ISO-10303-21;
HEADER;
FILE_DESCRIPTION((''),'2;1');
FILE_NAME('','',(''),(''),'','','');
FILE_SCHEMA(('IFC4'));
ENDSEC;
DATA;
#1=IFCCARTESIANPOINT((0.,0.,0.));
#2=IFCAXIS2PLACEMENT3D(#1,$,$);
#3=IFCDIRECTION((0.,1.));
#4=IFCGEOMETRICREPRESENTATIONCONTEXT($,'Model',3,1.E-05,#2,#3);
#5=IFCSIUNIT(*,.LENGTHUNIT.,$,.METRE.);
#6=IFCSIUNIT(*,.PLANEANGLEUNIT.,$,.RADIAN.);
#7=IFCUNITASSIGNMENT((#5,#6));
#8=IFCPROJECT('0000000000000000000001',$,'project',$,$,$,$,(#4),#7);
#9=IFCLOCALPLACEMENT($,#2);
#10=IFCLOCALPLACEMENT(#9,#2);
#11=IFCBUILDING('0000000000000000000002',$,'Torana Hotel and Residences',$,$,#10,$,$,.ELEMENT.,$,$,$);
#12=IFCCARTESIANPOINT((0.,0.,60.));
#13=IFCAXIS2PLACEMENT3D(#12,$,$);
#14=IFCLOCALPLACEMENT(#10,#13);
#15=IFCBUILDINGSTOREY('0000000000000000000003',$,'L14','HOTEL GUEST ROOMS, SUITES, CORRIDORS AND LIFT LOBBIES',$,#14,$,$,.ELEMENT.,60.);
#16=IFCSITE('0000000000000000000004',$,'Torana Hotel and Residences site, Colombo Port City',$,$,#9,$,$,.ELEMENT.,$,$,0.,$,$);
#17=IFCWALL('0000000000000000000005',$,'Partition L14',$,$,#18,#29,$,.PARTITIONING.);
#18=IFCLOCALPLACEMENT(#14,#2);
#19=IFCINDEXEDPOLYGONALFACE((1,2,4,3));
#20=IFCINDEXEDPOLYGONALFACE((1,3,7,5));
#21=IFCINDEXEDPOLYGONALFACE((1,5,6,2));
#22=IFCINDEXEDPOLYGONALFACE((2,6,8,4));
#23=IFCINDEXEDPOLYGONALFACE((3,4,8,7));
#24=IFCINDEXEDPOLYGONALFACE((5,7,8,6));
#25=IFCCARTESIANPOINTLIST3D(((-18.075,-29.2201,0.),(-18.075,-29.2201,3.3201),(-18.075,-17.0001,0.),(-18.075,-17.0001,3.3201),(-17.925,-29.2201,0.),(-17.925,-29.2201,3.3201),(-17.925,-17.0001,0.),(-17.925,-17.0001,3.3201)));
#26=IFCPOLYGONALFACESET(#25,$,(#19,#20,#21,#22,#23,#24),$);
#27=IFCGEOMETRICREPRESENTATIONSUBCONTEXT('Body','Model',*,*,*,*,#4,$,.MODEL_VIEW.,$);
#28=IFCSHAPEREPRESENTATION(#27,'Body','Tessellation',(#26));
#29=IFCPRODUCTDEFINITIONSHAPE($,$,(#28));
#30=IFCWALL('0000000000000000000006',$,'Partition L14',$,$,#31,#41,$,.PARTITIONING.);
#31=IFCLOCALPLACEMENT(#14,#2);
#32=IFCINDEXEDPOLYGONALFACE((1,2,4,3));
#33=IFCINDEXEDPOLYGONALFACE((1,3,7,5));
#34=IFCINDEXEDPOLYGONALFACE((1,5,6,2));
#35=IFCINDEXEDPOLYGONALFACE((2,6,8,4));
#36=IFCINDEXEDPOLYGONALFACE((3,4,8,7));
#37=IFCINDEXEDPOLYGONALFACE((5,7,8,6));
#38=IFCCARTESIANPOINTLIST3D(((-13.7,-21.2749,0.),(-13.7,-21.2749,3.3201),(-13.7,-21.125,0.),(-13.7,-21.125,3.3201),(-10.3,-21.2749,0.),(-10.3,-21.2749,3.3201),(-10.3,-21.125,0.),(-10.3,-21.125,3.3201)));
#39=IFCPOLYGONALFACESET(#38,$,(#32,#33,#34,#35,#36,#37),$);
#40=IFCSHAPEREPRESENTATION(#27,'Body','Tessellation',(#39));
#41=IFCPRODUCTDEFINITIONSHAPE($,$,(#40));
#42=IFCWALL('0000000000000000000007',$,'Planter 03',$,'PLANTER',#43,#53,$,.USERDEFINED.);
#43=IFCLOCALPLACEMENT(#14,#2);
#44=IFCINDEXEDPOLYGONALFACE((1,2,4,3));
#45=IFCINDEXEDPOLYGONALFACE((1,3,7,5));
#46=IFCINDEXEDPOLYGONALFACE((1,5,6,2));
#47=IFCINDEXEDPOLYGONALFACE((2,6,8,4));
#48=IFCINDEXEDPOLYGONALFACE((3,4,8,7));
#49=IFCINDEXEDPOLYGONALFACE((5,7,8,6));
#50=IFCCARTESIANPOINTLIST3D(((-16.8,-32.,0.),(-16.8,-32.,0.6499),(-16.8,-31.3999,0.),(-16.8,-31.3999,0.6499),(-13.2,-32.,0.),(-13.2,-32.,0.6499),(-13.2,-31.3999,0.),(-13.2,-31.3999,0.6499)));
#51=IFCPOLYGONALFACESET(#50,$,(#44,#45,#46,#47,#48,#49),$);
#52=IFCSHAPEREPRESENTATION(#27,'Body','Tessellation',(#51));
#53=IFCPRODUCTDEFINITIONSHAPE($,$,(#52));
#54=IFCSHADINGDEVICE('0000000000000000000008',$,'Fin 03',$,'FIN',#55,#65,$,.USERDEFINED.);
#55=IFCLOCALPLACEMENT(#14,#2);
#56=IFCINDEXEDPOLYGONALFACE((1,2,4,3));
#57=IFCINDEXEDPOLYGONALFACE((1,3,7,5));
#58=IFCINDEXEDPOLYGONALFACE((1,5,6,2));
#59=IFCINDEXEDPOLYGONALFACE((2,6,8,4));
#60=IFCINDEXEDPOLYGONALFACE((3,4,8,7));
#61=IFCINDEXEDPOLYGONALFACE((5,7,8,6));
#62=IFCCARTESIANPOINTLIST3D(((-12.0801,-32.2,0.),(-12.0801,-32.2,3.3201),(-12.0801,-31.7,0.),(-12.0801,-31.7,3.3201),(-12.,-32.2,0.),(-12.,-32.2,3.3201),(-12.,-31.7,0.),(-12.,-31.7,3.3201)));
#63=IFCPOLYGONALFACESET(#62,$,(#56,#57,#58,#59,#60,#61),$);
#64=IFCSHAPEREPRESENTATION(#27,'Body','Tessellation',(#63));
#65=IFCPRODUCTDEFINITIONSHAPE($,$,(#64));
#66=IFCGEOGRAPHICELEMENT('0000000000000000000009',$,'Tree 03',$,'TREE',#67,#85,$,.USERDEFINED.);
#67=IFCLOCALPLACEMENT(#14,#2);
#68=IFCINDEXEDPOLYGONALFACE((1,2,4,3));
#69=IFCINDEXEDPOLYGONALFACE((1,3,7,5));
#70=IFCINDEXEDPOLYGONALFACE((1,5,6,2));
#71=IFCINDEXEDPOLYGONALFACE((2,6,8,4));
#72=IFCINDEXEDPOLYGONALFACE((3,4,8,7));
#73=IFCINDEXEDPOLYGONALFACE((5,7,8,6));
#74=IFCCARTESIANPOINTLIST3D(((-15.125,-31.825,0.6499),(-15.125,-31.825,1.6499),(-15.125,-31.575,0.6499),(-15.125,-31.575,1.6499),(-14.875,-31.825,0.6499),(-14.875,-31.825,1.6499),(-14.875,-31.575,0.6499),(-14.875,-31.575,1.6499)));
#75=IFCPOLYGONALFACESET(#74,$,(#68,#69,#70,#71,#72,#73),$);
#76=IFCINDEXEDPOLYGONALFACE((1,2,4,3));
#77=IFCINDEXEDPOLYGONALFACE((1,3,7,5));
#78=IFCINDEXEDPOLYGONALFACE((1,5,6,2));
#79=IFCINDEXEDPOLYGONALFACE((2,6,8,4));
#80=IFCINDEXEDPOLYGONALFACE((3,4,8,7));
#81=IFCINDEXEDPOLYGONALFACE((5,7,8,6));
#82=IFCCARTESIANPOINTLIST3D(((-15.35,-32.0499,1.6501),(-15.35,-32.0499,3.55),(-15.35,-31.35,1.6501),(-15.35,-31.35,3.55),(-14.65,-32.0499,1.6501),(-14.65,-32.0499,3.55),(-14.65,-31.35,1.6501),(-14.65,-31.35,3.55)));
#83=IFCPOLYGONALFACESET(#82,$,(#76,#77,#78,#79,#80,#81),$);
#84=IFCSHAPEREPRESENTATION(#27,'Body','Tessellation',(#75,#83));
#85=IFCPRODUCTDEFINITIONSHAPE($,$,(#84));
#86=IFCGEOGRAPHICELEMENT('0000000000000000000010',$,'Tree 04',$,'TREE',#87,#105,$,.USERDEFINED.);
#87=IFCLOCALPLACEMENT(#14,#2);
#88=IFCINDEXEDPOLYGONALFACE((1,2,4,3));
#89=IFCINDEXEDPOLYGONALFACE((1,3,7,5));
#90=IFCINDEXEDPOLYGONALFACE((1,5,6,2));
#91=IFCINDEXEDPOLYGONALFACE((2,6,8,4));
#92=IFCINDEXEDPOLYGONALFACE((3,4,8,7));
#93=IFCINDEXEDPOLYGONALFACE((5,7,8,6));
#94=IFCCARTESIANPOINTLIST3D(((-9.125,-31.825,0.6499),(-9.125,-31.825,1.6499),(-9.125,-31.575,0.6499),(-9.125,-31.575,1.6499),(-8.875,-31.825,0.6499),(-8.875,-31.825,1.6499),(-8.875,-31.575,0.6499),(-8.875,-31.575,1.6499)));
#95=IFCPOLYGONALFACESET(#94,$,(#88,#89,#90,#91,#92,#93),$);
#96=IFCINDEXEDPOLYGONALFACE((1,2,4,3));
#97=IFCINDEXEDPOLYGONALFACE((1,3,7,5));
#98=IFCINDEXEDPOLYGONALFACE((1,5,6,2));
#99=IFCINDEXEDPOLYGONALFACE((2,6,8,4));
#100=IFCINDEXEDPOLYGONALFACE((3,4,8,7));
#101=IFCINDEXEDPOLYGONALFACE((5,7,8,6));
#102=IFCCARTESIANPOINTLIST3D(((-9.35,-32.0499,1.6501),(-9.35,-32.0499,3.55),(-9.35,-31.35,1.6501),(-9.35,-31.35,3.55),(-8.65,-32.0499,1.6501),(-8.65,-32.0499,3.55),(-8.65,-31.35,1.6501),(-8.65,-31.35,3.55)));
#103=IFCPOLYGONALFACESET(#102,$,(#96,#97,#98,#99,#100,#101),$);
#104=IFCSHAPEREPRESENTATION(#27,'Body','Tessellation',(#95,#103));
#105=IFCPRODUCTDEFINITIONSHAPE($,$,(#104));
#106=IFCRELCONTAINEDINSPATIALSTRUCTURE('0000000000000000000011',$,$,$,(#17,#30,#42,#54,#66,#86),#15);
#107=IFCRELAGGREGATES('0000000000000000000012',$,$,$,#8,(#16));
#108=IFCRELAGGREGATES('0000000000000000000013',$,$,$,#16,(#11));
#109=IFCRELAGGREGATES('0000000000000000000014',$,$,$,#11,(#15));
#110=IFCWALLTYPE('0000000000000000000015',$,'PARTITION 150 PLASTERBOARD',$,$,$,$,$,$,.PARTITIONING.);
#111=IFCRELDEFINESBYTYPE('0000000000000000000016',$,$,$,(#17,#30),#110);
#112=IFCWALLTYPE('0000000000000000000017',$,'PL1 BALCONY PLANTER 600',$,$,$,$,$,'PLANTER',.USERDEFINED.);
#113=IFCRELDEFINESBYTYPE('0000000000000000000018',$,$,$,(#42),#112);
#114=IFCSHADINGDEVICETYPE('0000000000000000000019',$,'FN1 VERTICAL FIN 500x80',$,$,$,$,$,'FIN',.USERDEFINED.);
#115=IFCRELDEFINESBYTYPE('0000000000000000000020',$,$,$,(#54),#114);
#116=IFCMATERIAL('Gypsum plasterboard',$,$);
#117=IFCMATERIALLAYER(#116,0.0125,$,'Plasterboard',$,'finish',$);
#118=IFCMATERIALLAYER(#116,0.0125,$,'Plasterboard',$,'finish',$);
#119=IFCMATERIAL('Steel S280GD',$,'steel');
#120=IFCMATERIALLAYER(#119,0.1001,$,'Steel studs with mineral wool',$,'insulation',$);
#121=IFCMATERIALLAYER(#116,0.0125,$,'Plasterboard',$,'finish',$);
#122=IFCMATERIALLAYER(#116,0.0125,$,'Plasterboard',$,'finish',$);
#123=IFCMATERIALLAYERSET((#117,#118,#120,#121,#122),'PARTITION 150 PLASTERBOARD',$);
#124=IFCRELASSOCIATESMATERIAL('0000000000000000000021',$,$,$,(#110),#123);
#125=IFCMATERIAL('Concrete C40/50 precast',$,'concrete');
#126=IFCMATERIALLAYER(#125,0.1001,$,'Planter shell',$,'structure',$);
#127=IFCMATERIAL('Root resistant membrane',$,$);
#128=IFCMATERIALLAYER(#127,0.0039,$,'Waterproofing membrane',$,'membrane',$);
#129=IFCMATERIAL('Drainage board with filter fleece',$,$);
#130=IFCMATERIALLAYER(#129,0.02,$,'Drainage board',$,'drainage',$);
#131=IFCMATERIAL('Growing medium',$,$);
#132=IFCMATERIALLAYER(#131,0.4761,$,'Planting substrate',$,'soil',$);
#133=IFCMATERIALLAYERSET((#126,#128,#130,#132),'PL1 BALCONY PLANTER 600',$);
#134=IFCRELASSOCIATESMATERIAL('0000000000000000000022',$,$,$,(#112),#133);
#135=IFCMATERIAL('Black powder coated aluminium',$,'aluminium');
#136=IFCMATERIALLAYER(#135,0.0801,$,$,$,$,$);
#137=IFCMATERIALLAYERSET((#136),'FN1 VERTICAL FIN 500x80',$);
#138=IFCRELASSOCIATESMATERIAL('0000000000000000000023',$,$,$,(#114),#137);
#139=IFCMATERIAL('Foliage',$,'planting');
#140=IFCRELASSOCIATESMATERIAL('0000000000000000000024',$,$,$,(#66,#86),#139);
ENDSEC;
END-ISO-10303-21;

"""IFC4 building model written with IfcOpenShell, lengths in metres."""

from ifc_helpers import new_model, si_unit, direction, frame, frame_2d, origin, origin_2d, place, context, subcontext, project, spatial, rectangle, extrude, material, layer, layer_set, type_object, element, save


model = new_model("IFC4")

# Units and contexts
model_context = context("Model", 3, precision=1e-05, world=origin(), true_north=direction((0.0, 1.0)))
body_context = subcontext(model_context, "Body", "Model", "MODEL_VIEW")
ifc_project = project(units=[si_unit("LENGTHUNIT", "METRE"), si_unit("PLANEANGLEUNIT", "RADIAN")], contexts=[model_context])

# Site, building, storey
site_placement = place(None, origin())
site = spatial("IfcSite", under=ifc_project, at=site_placement, Name="Torana Hotel and Residences site, Colombo Port City", CompositionType="ELEMENT", RefElevation=0.0)
building_placement = place(site_placement, origin())
building = spatial("IfcBuilding", under=site, at=building_placement, Name="Torana Hotel and Residences", CompositionType="ELEMENT")
storey_placement = place(building_placement, frame((0.0, 0.0, 60.0)))
storey = spatial("IfcBuildingStorey", under=building, at=storey_placement, Name="L14", Description="HOTEL GUEST ROOMS, SUITES, CORRIDORS AND LIFT LOBBIES", CompositionType="ELEMENT", Elevation=60.0)

# Shared definitions
ifc_material_1 = material(Name="Gypsum plasterboard")
ifc_layer_1 = layer(ifc_material_1, 0.0125, Name="Plasterboard", Category="finish")
ifc_layer_2 = layer(ifc_material_1, 0.0125, Name="Plasterboard", Category="finish")
ifc_material_2 = material(Name="Steel S280GD", Category="steel")
ifc_layer_3 = layer(ifc_material_2, 0.1001, Name="Steel studs with mineral wool", Category="insulation")
ifc_layer_4 = layer(ifc_material_1, 0.0125, Name="Plasterboard", Category="finish")
ifc_layer_5 = layer(ifc_material_1, 0.0125, Name="Plasterboard", Category="finish")
ifc_layer_set_1 = layer_set([ifc_layer_1, ifc_layer_2, ifc_layer_3, ifc_layer_4, ifc_layer_5], Name="PARTITION 150 PLASTERBOARD")
wall_type_1 = type_object("IfcWallType", Name="PARTITION 150 PLASTERBOARD", PredefinedType="PARTITIONING", material=ifc_layer_set_1)

# Walls
wall_1_placement = place(storey_placement, frame((-18.0, -29.22, 0.0), z_axis=(0.0, 0.0, 1.0), x_axis=(0.0, 1.0, 0.0)))
element("IfcWall", 1, at=wall_1_placement, inside=storey, type_object=wall_type_1, Name="Partition L14", PredefinedType="PARTITIONING", context=body_context, shape_type="SweptSolid", body=[
    extrude(rectangle(XDim=12.22, YDim=0.1499, at=frame_2d((6.1099, 0.0))), origin(), (0.0, 0.0, 1.0), 3.3201),
])
wall_2_placement = place(storey_placement, frame((-13.7, -21.2, 0.0), z_axis=(0.0, 0.0, 1.0), x_axis=(1.0, 0.0, 0.0)))
element("IfcWall", 2, at=wall_2_placement, inside=storey, type_object=wall_type_1, Name="Partition L14", PredefinedType="PARTITIONING", context=body_context, shape_type="SweptSolid", body=[
    extrude(rectangle(XDim=3.3999, YDim=0.1499, at=frame_2d((1.7, 0.0))), origin(), (0.0, 0.0, 1.0), 3.3201),
])
ifc_material_3 = material(Name="Concrete C40/50 precast", Category="concrete")
ifc_layer_6 = layer(ifc_material_3, 0.1001, Name="Planter shell", Category="structure")
ifc_material_4 = material(Name="Root resistant membrane")
ifc_layer_7 = layer(ifc_material_4, 0.0039, Name="Waterproofing membrane", Category="membrane")
ifc_material_5 = material(Name="Drainage board with filter fleece")
ifc_layer_8 = layer(ifc_material_5, 0.02, Name="Drainage board", Category="drainage")
ifc_material_6 = material(Name="Growing medium")
ifc_layer_9 = layer(ifc_material_6, 0.4761, Name="Planting substrate", Category="soil")
ifc_layer_set_2 = layer_set([ifc_layer_6, ifc_layer_7, ifc_layer_8, ifc_layer_9], Name="PL1 BALCONY PLANTER 600")
wall_type_2 = type_object("IfcWallType", Name="PL1 BALCONY PLANTER 600", ElementType="PLANTER", PredefinedType="USERDEFINED", material=ifc_layer_set_2)
wall_3_placement = place(storey_placement, frame((-13.2, -31.7, 0.0), z_axis=(0.0, 0.0, 1.0), x_axis=(-1.0, 0.0, 0.0)))
element("IfcWall", 3, at=wall_3_placement, inside=storey, type_object=wall_type_2, Name="Planter 03", ObjectType="PLANTER", PredefinedType="USERDEFINED", context=body_context, shape_type="SweptSolid", body=[
    extrude(rectangle(XDim=3.6001, YDim=0.6001, at=frame_2d((1.8, 0.0))), origin(), (0.0, 0.0, 1.0), 0.6499),
])

# Shading device
ifc_material_7 = material(Name="Black powder coated aluminium", Category="aluminium")
ifc_layer_10 = layer(ifc_material_7, 0.0801)
ifc_layer_set_3 = layer_set([ifc_layer_10], Name="FN1 VERTICAL FIN 500x80")
shading_device_type = type_object("IfcShadingDeviceType", Name="FN1 VERTICAL FIN 500x80", ElementType="FIN", PredefinedType="USERDEFINED", material=ifc_layer_set_3)
shading_device_placement = place(storey_placement, frame((-12.04, -31.95, 0.0), z_axis=(0.0, 0.0, 1.0), x_axis=(-1.0, 0.0, 0.0)))
element("IfcShadingDevice", 4, at=shading_device_placement, inside=storey, type_object=shading_device_type, Name="Fin 03", ObjectType="FIN", PredefinedType="USERDEFINED", context=body_context, shape_type="SweptSolid", body=[
    extrude(rectangle(XDim=0.0801, YDim=0.5, at=origin_2d()), origin(), (0.0, 0.0, 1.0), 3.3201),
])

# Geographic elements
ifc_material_8 = material(Name="Foliage", Category="planting")
for number, where, z_axis, x_axis, name in (
    (5, (-15.0, -31.7, 0.6499), (0.0, 0.0, 1.0), (1.0, 0.0, 0.0), "Tree 03"),
    (6, (-9.0, -31.7, 0.6499), (0.0, 0.0, 1.0), (1.0, 0.0, 0.0), "Tree 04"),
):
    element("IfcGeographicElement", number, at=place(storey_placement, frame(where, z_axis=z_axis, x_axis=x_axis)), inside=storey, material=ifc_material_8, Name=name, ObjectType="TREE", PredefinedType="USERDEFINED", context=body_context, shape_type="SweptSolid", body=[
        extrude(rectangle(XDim=0.25, YDim=0.25, at=origin_2d()), origin(), (0.0, 0.0, 1.0), 1.0),
        extrude(rectangle(XDim=0.7, YDim=0.7, at=origin_2d()), frame((0.0, 0.0, 1.0002)), (0.0, 0.0, 1.0), 1.8999),
    ])

save(model, "model.ifc")
